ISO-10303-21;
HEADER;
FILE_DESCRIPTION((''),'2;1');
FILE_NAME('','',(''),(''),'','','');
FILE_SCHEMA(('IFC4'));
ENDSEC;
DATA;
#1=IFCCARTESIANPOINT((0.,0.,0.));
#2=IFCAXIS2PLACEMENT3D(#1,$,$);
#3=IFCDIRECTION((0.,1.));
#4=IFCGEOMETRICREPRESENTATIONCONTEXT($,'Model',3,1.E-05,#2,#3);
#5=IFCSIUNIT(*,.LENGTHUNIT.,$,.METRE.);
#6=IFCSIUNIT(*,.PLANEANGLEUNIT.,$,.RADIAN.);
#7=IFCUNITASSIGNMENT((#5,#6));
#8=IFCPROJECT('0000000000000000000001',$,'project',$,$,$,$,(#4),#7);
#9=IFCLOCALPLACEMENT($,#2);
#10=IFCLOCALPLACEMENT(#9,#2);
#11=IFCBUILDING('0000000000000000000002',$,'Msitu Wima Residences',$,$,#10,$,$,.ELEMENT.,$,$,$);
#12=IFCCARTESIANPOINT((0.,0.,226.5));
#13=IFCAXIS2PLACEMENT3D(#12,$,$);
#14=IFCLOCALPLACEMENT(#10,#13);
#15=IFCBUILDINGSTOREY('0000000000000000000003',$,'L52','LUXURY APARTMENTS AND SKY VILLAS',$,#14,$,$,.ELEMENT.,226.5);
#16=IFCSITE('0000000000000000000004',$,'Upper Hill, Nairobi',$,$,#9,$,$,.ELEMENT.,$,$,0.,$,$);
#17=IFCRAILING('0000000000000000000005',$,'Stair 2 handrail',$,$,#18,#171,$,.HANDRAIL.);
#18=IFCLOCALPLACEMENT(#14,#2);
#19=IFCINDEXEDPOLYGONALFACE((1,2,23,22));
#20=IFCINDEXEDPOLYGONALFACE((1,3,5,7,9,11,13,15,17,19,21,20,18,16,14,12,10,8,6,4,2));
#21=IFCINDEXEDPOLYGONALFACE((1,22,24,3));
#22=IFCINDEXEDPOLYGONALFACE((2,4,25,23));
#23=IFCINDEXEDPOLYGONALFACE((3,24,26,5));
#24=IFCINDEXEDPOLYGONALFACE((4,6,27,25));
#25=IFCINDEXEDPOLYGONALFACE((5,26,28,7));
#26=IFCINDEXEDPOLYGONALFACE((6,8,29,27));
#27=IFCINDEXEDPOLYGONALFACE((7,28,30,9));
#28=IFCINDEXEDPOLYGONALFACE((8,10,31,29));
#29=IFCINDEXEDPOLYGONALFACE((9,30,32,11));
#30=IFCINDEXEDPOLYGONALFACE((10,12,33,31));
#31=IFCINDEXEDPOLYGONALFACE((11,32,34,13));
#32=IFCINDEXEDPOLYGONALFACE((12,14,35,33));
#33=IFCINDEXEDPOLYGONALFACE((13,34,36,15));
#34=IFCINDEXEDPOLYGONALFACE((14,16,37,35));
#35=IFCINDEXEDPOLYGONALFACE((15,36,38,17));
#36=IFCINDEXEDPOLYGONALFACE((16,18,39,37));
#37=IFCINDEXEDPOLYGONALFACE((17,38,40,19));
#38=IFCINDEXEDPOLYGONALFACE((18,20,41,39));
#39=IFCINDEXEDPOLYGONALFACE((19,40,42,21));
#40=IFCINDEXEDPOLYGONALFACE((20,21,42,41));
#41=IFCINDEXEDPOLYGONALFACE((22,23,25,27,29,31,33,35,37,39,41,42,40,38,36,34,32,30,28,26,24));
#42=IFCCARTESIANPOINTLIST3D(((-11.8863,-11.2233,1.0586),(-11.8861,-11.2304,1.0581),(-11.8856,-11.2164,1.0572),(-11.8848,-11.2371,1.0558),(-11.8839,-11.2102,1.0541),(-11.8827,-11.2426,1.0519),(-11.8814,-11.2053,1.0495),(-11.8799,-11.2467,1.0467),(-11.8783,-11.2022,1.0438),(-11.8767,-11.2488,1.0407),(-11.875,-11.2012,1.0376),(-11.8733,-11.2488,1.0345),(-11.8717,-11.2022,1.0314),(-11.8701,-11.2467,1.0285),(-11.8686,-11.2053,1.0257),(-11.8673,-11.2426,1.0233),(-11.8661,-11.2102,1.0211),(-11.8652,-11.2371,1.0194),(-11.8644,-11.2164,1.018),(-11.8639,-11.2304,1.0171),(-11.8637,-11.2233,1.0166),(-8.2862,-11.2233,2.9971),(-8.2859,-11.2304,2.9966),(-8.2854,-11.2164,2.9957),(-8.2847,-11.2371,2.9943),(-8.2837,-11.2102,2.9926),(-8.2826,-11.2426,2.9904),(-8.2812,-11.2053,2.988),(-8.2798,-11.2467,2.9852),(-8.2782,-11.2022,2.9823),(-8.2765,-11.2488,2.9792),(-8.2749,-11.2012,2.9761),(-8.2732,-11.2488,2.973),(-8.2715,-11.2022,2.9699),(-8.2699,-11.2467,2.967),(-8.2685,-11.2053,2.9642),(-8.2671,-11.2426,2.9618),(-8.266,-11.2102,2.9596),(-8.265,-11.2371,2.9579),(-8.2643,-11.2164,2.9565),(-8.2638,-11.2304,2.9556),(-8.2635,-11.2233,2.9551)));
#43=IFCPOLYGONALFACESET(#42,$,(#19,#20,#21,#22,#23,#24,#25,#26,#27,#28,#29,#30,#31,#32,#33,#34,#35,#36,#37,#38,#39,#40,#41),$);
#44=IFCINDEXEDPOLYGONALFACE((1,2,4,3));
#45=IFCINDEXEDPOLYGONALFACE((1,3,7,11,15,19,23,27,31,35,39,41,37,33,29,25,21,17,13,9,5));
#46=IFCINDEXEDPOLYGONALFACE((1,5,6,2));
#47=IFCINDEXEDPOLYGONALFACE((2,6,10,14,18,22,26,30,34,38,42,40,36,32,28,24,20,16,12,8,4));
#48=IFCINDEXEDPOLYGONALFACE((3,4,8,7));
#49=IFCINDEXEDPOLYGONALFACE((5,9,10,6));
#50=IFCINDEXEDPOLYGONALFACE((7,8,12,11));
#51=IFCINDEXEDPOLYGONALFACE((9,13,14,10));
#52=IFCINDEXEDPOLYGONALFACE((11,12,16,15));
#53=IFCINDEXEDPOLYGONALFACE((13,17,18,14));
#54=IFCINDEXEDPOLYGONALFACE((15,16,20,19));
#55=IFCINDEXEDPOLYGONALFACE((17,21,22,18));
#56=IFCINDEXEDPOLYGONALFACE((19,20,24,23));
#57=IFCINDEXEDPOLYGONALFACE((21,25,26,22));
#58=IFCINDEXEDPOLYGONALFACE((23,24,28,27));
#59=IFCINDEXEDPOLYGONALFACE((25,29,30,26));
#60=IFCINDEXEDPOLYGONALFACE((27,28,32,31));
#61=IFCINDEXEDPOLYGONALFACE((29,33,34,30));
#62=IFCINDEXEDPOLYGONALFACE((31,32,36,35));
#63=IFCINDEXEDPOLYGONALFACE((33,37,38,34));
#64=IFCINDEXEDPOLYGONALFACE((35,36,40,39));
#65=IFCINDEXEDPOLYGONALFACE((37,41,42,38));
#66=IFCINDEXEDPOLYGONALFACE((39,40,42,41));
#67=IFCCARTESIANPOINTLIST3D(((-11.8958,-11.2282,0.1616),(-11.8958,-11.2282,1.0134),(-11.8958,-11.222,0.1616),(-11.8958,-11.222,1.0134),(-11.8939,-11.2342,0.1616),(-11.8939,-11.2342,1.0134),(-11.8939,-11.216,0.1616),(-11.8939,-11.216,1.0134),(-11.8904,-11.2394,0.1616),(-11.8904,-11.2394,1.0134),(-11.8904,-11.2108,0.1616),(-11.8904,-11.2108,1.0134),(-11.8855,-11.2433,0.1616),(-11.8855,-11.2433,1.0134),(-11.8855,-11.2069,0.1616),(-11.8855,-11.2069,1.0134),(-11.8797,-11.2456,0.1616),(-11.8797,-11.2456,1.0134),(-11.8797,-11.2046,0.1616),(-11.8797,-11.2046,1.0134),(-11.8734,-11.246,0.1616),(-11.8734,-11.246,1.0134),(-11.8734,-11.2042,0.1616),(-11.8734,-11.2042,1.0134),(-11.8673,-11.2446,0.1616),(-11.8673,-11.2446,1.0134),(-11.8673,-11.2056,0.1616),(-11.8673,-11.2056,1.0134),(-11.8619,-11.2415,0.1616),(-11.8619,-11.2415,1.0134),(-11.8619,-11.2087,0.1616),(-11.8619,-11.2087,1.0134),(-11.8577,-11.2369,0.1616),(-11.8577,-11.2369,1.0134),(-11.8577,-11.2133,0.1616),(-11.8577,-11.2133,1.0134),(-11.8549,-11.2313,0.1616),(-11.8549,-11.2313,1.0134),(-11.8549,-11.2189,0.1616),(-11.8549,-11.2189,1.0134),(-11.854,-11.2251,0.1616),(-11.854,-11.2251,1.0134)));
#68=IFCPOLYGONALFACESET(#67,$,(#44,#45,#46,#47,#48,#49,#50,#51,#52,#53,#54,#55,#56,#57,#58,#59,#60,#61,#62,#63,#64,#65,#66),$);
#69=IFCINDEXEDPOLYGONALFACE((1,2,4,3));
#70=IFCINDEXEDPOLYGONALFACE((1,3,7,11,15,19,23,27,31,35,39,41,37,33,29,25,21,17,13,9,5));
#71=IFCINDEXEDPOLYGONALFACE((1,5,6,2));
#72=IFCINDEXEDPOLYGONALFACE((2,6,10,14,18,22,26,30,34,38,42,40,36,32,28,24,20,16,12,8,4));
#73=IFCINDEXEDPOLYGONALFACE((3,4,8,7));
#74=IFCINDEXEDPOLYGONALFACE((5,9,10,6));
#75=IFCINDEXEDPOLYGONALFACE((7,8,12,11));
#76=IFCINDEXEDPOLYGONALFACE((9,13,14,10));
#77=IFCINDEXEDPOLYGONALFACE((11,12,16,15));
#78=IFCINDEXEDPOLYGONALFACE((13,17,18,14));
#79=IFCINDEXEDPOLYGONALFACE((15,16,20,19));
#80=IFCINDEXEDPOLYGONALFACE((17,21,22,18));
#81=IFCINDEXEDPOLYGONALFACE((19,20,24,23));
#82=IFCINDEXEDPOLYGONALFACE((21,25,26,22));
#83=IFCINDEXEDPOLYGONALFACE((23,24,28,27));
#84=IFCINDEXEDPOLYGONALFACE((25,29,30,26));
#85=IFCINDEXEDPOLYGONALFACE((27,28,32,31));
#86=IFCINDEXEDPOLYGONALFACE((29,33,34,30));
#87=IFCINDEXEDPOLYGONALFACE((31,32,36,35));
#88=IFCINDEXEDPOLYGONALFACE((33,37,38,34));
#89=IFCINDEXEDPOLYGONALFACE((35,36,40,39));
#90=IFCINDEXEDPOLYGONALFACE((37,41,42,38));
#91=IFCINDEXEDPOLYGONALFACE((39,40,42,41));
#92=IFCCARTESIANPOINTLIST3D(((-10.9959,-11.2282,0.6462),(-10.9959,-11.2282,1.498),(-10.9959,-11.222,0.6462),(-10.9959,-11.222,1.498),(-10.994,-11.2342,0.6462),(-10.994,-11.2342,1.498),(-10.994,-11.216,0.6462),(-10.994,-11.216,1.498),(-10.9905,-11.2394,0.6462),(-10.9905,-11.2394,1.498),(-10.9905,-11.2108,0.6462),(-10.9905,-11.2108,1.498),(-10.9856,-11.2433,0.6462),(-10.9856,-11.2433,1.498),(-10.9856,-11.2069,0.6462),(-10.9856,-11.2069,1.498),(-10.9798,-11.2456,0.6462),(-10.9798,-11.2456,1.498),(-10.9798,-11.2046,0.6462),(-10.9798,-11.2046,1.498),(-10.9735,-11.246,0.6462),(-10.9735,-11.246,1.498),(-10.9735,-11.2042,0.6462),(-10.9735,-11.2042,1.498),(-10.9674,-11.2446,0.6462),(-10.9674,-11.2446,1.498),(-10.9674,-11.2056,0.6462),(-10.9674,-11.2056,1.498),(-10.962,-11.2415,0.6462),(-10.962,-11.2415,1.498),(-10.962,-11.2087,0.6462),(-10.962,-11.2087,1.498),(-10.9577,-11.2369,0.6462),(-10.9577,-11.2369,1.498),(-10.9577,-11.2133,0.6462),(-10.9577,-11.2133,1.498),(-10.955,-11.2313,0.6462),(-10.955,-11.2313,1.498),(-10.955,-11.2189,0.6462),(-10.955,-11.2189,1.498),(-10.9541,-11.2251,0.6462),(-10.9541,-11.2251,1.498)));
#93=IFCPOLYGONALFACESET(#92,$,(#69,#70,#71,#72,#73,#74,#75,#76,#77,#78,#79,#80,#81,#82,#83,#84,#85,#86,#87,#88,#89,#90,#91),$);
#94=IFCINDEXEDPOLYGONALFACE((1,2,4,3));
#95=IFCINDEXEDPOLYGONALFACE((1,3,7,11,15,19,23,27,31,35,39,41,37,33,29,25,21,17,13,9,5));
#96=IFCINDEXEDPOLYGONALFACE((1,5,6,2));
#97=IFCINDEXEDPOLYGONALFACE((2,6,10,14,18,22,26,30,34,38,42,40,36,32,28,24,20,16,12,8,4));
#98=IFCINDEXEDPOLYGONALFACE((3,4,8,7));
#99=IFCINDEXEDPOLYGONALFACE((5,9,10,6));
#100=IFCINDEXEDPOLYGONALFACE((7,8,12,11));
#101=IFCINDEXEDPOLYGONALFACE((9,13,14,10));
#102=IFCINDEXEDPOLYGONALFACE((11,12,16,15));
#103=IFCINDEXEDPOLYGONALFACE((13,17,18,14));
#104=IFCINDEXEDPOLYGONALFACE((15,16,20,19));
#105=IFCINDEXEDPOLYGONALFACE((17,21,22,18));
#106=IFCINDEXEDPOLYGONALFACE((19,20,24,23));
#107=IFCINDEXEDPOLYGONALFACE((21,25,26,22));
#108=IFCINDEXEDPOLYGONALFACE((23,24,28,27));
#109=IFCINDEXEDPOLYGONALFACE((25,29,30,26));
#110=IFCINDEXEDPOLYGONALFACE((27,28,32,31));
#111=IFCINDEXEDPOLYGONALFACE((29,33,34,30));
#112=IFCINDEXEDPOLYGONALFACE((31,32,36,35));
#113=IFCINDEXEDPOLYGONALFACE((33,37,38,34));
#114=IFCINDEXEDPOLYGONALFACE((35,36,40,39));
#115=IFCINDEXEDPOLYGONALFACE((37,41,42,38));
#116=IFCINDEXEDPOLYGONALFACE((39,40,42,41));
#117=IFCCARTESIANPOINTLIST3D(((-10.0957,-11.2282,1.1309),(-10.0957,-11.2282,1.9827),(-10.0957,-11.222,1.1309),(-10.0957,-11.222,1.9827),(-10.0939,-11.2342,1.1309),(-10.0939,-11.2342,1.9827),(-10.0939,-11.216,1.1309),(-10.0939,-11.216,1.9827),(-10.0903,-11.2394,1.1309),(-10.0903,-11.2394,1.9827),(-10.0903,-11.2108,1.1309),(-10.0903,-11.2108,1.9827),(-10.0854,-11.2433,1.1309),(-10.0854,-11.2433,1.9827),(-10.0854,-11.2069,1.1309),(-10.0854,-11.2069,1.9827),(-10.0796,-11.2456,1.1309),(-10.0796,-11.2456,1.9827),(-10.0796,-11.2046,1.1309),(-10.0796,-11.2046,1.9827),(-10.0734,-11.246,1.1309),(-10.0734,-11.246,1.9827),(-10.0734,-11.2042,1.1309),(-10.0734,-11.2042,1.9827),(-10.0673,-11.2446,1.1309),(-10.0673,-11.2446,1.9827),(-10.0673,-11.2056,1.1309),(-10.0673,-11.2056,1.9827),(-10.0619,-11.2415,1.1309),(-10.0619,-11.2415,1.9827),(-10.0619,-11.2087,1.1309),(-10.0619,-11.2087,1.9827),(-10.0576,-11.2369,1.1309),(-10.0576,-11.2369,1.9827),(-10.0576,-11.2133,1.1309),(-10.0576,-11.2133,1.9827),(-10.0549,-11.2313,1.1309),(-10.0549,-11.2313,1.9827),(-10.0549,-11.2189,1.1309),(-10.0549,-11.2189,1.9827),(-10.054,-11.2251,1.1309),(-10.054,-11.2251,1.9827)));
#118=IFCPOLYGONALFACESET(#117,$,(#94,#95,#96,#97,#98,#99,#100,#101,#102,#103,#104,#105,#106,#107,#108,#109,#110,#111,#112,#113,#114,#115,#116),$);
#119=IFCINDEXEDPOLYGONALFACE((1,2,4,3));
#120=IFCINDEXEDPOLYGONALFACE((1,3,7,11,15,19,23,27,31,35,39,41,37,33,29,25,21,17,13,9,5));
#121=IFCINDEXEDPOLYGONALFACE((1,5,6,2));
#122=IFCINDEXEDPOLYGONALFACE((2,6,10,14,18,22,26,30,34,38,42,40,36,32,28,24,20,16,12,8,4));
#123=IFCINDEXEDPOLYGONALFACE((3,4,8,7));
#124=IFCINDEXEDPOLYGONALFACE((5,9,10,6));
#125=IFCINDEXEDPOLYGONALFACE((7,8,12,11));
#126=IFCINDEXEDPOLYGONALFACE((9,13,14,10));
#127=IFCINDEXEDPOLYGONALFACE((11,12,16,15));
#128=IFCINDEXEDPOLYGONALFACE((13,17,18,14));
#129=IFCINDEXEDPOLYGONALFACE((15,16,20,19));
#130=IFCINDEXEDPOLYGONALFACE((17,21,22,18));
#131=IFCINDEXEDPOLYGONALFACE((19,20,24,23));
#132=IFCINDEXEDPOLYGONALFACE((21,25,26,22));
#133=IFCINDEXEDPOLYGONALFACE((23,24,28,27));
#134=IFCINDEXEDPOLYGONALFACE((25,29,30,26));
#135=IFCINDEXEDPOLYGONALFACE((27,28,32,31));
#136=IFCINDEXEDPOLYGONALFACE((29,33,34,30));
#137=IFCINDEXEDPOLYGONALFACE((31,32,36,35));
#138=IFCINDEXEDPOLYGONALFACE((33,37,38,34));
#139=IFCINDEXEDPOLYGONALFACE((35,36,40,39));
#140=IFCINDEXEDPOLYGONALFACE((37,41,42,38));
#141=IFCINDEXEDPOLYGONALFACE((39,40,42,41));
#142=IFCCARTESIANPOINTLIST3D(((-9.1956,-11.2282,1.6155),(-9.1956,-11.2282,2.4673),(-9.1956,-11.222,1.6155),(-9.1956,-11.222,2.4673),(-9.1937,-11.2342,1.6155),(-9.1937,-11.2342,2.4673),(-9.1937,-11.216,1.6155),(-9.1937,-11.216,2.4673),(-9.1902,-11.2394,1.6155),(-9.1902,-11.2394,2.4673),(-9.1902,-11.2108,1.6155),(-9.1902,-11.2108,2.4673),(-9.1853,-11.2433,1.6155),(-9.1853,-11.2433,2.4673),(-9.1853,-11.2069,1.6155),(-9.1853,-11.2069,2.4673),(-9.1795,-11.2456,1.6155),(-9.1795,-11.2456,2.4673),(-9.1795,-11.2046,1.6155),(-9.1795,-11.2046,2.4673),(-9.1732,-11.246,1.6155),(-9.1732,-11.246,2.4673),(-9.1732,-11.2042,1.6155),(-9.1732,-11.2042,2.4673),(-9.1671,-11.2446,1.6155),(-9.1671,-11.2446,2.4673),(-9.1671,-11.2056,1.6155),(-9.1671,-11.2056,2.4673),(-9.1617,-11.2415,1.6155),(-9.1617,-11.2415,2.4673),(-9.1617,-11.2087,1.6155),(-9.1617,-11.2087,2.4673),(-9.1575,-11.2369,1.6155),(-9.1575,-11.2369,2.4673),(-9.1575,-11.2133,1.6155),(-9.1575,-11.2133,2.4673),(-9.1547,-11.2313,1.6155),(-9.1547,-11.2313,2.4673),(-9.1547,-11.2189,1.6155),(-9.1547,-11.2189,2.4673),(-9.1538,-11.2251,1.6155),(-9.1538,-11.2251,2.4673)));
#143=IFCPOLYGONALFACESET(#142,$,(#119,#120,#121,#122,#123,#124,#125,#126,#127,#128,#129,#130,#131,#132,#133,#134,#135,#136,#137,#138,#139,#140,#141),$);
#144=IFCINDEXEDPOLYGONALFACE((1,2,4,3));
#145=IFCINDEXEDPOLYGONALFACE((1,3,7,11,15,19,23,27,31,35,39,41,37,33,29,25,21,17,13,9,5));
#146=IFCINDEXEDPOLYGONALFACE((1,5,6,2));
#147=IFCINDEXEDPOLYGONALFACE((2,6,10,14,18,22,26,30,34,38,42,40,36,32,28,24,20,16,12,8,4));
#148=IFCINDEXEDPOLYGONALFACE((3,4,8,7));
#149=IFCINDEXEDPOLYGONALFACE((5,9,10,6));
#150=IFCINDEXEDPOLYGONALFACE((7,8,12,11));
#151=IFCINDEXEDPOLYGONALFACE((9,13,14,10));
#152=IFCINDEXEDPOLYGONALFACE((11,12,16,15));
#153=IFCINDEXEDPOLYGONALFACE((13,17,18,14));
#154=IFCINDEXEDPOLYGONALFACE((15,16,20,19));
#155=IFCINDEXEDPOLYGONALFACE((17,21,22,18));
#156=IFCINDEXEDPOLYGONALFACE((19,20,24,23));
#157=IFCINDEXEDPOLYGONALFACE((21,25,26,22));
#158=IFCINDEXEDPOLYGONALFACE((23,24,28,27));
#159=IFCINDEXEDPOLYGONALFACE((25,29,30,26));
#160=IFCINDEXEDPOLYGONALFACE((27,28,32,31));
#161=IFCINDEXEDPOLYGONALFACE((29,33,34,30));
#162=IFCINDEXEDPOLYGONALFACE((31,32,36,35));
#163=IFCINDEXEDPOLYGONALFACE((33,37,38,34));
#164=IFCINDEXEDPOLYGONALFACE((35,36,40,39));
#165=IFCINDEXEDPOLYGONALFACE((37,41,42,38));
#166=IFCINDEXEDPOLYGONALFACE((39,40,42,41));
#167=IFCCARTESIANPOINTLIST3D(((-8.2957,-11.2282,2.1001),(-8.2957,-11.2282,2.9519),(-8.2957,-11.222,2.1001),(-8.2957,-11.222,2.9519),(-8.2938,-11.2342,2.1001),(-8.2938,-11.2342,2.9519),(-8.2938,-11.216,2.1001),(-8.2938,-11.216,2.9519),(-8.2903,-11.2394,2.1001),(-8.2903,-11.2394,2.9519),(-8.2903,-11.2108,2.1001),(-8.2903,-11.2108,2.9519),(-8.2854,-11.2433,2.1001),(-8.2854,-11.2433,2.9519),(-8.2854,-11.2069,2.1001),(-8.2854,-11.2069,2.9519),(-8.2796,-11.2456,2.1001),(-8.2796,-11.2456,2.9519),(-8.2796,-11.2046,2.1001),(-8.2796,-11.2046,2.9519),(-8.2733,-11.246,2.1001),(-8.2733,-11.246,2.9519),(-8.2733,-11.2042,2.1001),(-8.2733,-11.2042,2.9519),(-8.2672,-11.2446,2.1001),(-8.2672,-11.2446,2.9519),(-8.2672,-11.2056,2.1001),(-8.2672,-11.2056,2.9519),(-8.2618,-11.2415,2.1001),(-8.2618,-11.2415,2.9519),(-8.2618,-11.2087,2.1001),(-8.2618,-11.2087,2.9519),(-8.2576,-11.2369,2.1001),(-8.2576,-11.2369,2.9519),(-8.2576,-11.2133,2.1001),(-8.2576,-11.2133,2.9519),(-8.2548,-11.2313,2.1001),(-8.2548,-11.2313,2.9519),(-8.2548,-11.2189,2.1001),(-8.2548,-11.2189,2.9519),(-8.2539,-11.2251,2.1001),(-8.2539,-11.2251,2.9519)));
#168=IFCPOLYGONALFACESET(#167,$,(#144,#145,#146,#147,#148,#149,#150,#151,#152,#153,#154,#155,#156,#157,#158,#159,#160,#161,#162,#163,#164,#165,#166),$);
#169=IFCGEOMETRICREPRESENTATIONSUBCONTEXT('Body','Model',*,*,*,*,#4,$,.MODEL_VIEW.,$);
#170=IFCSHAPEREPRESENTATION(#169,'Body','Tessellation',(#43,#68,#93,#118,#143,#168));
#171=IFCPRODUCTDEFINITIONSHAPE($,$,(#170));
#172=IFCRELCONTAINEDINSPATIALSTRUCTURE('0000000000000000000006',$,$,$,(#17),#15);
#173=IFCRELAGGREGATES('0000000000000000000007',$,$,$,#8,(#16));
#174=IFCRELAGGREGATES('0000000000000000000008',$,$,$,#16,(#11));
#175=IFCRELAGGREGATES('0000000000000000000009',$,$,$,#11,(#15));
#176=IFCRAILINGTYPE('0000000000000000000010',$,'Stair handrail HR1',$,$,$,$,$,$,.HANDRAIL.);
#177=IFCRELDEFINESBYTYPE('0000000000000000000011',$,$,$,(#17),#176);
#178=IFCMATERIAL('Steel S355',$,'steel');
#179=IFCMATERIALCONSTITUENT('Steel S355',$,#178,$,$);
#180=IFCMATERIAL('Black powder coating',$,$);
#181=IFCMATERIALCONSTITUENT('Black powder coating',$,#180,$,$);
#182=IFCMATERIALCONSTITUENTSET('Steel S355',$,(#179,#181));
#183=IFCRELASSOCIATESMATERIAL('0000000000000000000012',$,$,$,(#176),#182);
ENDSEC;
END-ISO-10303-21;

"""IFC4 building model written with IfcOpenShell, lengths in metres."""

from ifc_helpers import new_model, si_unit, direction, frame, origin, origin_2d, place, context, subcontext, project, spatial, circle, extrude, material, constituent, constituent_set, type_object, element, save


model = new_model("IFC4")

# Units and contexts
model_context = context("Model", 3, precision=1e-05, world=origin(), true_north=direction((0.0, 1.0)))
body_context = subcontext(model_context, "Body", "Model", "MODEL_VIEW")
ifc_project = project(units=[si_unit("LENGTHUNIT", "METRE"), si_unit("PLANEANGLEUNIT", "RADIAN")], contexts=[model_context])

# Site, building, storey
site_placement = place(None, origin())
site = spatial("IfcSite", under=ifc_project, at=site_placement, Name="Upper Hill, Nairobi", CompositionType="ELEMENT", RefElevation=0.0)
building_placement = place(site_placement, origin())
building = spatial("IfcBuilding", under=site, at=building_placement, Name="Msitu Wima Residences", CompositionType="ELEMENT")
storey_placement = place(building_placement, frame((0.0, 0.0, 226.5)))
storey = spatial("IfcBuildingStorey", under=building, at=storey_placement, Name="L52", Description="LUXURY APARTMENTS AND SKY VILLAS", CompositionType="ELEMENT", Elevation=226.5)

# Railing
ifc_material_1 = material(Name="Steel S355", Category="steel")
ifc_constituent_1 = constituent(ifc_material_1, Name="Steel S355")
ifc_material_2 = material(Name="Black powder coating")
ifc_constituent_2 = constituent(ifc_material_2, Name="Black powder coating")
ifc_constituent_set = constituent_set(constituents=[ifc_constituent_1, ifc_constituent_2], Name="Steel S355")
railing_type = type_object("IfcRailingType", Name="Stair handrail HR1", PredefinedType="HANDRAIL", material=ifc_constituent_set)
for number, where, name in (
    (1, (-11.875, -11.2251, 0.1616), "Stair 2 handrail"),
):
    element("IfcRailing", number, at=place(storey_placement, frame(where)), inside=storey, type_object=railing_type, Name=name, PredefinedType="HANDRAIL", context=body_context, shape_type="SweptSolid", body=[
        extrude(circle(Radius=0.0239, at=origin_2d()), frame((0.0, 0.0, 0.876), z_axis=(0.880475, 0.0, 0.474093), x_axis=(0.0, 1.0, 0.0)), (0.0, 0.0, 1.0), 4.0889),
        extrude(circle(Radius=0.021, at=origin_2d()), origin(), (0.0, 0.0, 1.0), 0.8518),
        extrude(circle(Radius=0.021, at=origin_2d()), frame((0.8999, 0.0, 0.4846)), (0.0, 0.0, 1.0), 0.8518),
        extrude(circle(Radius=0.021, at=origin_2d()), frame((1.8, 0.0, 0.9692)), (0.0, 0.0, 1.0), 0.8518),
        extrude(circle(Radius=0.021, at=origin_2d()), frame((2.7002, 0.0, 1.4539)), (0.0, 0.0, 1.0), 0.8518),
        extrude(circle(Radius=0.021, at=origin_2d()), frame((3.6001, 0.0, 1.9385)), (0.0, 0.0, 1.0), 0.8518),
    ])

save(model, "model.ifc")
